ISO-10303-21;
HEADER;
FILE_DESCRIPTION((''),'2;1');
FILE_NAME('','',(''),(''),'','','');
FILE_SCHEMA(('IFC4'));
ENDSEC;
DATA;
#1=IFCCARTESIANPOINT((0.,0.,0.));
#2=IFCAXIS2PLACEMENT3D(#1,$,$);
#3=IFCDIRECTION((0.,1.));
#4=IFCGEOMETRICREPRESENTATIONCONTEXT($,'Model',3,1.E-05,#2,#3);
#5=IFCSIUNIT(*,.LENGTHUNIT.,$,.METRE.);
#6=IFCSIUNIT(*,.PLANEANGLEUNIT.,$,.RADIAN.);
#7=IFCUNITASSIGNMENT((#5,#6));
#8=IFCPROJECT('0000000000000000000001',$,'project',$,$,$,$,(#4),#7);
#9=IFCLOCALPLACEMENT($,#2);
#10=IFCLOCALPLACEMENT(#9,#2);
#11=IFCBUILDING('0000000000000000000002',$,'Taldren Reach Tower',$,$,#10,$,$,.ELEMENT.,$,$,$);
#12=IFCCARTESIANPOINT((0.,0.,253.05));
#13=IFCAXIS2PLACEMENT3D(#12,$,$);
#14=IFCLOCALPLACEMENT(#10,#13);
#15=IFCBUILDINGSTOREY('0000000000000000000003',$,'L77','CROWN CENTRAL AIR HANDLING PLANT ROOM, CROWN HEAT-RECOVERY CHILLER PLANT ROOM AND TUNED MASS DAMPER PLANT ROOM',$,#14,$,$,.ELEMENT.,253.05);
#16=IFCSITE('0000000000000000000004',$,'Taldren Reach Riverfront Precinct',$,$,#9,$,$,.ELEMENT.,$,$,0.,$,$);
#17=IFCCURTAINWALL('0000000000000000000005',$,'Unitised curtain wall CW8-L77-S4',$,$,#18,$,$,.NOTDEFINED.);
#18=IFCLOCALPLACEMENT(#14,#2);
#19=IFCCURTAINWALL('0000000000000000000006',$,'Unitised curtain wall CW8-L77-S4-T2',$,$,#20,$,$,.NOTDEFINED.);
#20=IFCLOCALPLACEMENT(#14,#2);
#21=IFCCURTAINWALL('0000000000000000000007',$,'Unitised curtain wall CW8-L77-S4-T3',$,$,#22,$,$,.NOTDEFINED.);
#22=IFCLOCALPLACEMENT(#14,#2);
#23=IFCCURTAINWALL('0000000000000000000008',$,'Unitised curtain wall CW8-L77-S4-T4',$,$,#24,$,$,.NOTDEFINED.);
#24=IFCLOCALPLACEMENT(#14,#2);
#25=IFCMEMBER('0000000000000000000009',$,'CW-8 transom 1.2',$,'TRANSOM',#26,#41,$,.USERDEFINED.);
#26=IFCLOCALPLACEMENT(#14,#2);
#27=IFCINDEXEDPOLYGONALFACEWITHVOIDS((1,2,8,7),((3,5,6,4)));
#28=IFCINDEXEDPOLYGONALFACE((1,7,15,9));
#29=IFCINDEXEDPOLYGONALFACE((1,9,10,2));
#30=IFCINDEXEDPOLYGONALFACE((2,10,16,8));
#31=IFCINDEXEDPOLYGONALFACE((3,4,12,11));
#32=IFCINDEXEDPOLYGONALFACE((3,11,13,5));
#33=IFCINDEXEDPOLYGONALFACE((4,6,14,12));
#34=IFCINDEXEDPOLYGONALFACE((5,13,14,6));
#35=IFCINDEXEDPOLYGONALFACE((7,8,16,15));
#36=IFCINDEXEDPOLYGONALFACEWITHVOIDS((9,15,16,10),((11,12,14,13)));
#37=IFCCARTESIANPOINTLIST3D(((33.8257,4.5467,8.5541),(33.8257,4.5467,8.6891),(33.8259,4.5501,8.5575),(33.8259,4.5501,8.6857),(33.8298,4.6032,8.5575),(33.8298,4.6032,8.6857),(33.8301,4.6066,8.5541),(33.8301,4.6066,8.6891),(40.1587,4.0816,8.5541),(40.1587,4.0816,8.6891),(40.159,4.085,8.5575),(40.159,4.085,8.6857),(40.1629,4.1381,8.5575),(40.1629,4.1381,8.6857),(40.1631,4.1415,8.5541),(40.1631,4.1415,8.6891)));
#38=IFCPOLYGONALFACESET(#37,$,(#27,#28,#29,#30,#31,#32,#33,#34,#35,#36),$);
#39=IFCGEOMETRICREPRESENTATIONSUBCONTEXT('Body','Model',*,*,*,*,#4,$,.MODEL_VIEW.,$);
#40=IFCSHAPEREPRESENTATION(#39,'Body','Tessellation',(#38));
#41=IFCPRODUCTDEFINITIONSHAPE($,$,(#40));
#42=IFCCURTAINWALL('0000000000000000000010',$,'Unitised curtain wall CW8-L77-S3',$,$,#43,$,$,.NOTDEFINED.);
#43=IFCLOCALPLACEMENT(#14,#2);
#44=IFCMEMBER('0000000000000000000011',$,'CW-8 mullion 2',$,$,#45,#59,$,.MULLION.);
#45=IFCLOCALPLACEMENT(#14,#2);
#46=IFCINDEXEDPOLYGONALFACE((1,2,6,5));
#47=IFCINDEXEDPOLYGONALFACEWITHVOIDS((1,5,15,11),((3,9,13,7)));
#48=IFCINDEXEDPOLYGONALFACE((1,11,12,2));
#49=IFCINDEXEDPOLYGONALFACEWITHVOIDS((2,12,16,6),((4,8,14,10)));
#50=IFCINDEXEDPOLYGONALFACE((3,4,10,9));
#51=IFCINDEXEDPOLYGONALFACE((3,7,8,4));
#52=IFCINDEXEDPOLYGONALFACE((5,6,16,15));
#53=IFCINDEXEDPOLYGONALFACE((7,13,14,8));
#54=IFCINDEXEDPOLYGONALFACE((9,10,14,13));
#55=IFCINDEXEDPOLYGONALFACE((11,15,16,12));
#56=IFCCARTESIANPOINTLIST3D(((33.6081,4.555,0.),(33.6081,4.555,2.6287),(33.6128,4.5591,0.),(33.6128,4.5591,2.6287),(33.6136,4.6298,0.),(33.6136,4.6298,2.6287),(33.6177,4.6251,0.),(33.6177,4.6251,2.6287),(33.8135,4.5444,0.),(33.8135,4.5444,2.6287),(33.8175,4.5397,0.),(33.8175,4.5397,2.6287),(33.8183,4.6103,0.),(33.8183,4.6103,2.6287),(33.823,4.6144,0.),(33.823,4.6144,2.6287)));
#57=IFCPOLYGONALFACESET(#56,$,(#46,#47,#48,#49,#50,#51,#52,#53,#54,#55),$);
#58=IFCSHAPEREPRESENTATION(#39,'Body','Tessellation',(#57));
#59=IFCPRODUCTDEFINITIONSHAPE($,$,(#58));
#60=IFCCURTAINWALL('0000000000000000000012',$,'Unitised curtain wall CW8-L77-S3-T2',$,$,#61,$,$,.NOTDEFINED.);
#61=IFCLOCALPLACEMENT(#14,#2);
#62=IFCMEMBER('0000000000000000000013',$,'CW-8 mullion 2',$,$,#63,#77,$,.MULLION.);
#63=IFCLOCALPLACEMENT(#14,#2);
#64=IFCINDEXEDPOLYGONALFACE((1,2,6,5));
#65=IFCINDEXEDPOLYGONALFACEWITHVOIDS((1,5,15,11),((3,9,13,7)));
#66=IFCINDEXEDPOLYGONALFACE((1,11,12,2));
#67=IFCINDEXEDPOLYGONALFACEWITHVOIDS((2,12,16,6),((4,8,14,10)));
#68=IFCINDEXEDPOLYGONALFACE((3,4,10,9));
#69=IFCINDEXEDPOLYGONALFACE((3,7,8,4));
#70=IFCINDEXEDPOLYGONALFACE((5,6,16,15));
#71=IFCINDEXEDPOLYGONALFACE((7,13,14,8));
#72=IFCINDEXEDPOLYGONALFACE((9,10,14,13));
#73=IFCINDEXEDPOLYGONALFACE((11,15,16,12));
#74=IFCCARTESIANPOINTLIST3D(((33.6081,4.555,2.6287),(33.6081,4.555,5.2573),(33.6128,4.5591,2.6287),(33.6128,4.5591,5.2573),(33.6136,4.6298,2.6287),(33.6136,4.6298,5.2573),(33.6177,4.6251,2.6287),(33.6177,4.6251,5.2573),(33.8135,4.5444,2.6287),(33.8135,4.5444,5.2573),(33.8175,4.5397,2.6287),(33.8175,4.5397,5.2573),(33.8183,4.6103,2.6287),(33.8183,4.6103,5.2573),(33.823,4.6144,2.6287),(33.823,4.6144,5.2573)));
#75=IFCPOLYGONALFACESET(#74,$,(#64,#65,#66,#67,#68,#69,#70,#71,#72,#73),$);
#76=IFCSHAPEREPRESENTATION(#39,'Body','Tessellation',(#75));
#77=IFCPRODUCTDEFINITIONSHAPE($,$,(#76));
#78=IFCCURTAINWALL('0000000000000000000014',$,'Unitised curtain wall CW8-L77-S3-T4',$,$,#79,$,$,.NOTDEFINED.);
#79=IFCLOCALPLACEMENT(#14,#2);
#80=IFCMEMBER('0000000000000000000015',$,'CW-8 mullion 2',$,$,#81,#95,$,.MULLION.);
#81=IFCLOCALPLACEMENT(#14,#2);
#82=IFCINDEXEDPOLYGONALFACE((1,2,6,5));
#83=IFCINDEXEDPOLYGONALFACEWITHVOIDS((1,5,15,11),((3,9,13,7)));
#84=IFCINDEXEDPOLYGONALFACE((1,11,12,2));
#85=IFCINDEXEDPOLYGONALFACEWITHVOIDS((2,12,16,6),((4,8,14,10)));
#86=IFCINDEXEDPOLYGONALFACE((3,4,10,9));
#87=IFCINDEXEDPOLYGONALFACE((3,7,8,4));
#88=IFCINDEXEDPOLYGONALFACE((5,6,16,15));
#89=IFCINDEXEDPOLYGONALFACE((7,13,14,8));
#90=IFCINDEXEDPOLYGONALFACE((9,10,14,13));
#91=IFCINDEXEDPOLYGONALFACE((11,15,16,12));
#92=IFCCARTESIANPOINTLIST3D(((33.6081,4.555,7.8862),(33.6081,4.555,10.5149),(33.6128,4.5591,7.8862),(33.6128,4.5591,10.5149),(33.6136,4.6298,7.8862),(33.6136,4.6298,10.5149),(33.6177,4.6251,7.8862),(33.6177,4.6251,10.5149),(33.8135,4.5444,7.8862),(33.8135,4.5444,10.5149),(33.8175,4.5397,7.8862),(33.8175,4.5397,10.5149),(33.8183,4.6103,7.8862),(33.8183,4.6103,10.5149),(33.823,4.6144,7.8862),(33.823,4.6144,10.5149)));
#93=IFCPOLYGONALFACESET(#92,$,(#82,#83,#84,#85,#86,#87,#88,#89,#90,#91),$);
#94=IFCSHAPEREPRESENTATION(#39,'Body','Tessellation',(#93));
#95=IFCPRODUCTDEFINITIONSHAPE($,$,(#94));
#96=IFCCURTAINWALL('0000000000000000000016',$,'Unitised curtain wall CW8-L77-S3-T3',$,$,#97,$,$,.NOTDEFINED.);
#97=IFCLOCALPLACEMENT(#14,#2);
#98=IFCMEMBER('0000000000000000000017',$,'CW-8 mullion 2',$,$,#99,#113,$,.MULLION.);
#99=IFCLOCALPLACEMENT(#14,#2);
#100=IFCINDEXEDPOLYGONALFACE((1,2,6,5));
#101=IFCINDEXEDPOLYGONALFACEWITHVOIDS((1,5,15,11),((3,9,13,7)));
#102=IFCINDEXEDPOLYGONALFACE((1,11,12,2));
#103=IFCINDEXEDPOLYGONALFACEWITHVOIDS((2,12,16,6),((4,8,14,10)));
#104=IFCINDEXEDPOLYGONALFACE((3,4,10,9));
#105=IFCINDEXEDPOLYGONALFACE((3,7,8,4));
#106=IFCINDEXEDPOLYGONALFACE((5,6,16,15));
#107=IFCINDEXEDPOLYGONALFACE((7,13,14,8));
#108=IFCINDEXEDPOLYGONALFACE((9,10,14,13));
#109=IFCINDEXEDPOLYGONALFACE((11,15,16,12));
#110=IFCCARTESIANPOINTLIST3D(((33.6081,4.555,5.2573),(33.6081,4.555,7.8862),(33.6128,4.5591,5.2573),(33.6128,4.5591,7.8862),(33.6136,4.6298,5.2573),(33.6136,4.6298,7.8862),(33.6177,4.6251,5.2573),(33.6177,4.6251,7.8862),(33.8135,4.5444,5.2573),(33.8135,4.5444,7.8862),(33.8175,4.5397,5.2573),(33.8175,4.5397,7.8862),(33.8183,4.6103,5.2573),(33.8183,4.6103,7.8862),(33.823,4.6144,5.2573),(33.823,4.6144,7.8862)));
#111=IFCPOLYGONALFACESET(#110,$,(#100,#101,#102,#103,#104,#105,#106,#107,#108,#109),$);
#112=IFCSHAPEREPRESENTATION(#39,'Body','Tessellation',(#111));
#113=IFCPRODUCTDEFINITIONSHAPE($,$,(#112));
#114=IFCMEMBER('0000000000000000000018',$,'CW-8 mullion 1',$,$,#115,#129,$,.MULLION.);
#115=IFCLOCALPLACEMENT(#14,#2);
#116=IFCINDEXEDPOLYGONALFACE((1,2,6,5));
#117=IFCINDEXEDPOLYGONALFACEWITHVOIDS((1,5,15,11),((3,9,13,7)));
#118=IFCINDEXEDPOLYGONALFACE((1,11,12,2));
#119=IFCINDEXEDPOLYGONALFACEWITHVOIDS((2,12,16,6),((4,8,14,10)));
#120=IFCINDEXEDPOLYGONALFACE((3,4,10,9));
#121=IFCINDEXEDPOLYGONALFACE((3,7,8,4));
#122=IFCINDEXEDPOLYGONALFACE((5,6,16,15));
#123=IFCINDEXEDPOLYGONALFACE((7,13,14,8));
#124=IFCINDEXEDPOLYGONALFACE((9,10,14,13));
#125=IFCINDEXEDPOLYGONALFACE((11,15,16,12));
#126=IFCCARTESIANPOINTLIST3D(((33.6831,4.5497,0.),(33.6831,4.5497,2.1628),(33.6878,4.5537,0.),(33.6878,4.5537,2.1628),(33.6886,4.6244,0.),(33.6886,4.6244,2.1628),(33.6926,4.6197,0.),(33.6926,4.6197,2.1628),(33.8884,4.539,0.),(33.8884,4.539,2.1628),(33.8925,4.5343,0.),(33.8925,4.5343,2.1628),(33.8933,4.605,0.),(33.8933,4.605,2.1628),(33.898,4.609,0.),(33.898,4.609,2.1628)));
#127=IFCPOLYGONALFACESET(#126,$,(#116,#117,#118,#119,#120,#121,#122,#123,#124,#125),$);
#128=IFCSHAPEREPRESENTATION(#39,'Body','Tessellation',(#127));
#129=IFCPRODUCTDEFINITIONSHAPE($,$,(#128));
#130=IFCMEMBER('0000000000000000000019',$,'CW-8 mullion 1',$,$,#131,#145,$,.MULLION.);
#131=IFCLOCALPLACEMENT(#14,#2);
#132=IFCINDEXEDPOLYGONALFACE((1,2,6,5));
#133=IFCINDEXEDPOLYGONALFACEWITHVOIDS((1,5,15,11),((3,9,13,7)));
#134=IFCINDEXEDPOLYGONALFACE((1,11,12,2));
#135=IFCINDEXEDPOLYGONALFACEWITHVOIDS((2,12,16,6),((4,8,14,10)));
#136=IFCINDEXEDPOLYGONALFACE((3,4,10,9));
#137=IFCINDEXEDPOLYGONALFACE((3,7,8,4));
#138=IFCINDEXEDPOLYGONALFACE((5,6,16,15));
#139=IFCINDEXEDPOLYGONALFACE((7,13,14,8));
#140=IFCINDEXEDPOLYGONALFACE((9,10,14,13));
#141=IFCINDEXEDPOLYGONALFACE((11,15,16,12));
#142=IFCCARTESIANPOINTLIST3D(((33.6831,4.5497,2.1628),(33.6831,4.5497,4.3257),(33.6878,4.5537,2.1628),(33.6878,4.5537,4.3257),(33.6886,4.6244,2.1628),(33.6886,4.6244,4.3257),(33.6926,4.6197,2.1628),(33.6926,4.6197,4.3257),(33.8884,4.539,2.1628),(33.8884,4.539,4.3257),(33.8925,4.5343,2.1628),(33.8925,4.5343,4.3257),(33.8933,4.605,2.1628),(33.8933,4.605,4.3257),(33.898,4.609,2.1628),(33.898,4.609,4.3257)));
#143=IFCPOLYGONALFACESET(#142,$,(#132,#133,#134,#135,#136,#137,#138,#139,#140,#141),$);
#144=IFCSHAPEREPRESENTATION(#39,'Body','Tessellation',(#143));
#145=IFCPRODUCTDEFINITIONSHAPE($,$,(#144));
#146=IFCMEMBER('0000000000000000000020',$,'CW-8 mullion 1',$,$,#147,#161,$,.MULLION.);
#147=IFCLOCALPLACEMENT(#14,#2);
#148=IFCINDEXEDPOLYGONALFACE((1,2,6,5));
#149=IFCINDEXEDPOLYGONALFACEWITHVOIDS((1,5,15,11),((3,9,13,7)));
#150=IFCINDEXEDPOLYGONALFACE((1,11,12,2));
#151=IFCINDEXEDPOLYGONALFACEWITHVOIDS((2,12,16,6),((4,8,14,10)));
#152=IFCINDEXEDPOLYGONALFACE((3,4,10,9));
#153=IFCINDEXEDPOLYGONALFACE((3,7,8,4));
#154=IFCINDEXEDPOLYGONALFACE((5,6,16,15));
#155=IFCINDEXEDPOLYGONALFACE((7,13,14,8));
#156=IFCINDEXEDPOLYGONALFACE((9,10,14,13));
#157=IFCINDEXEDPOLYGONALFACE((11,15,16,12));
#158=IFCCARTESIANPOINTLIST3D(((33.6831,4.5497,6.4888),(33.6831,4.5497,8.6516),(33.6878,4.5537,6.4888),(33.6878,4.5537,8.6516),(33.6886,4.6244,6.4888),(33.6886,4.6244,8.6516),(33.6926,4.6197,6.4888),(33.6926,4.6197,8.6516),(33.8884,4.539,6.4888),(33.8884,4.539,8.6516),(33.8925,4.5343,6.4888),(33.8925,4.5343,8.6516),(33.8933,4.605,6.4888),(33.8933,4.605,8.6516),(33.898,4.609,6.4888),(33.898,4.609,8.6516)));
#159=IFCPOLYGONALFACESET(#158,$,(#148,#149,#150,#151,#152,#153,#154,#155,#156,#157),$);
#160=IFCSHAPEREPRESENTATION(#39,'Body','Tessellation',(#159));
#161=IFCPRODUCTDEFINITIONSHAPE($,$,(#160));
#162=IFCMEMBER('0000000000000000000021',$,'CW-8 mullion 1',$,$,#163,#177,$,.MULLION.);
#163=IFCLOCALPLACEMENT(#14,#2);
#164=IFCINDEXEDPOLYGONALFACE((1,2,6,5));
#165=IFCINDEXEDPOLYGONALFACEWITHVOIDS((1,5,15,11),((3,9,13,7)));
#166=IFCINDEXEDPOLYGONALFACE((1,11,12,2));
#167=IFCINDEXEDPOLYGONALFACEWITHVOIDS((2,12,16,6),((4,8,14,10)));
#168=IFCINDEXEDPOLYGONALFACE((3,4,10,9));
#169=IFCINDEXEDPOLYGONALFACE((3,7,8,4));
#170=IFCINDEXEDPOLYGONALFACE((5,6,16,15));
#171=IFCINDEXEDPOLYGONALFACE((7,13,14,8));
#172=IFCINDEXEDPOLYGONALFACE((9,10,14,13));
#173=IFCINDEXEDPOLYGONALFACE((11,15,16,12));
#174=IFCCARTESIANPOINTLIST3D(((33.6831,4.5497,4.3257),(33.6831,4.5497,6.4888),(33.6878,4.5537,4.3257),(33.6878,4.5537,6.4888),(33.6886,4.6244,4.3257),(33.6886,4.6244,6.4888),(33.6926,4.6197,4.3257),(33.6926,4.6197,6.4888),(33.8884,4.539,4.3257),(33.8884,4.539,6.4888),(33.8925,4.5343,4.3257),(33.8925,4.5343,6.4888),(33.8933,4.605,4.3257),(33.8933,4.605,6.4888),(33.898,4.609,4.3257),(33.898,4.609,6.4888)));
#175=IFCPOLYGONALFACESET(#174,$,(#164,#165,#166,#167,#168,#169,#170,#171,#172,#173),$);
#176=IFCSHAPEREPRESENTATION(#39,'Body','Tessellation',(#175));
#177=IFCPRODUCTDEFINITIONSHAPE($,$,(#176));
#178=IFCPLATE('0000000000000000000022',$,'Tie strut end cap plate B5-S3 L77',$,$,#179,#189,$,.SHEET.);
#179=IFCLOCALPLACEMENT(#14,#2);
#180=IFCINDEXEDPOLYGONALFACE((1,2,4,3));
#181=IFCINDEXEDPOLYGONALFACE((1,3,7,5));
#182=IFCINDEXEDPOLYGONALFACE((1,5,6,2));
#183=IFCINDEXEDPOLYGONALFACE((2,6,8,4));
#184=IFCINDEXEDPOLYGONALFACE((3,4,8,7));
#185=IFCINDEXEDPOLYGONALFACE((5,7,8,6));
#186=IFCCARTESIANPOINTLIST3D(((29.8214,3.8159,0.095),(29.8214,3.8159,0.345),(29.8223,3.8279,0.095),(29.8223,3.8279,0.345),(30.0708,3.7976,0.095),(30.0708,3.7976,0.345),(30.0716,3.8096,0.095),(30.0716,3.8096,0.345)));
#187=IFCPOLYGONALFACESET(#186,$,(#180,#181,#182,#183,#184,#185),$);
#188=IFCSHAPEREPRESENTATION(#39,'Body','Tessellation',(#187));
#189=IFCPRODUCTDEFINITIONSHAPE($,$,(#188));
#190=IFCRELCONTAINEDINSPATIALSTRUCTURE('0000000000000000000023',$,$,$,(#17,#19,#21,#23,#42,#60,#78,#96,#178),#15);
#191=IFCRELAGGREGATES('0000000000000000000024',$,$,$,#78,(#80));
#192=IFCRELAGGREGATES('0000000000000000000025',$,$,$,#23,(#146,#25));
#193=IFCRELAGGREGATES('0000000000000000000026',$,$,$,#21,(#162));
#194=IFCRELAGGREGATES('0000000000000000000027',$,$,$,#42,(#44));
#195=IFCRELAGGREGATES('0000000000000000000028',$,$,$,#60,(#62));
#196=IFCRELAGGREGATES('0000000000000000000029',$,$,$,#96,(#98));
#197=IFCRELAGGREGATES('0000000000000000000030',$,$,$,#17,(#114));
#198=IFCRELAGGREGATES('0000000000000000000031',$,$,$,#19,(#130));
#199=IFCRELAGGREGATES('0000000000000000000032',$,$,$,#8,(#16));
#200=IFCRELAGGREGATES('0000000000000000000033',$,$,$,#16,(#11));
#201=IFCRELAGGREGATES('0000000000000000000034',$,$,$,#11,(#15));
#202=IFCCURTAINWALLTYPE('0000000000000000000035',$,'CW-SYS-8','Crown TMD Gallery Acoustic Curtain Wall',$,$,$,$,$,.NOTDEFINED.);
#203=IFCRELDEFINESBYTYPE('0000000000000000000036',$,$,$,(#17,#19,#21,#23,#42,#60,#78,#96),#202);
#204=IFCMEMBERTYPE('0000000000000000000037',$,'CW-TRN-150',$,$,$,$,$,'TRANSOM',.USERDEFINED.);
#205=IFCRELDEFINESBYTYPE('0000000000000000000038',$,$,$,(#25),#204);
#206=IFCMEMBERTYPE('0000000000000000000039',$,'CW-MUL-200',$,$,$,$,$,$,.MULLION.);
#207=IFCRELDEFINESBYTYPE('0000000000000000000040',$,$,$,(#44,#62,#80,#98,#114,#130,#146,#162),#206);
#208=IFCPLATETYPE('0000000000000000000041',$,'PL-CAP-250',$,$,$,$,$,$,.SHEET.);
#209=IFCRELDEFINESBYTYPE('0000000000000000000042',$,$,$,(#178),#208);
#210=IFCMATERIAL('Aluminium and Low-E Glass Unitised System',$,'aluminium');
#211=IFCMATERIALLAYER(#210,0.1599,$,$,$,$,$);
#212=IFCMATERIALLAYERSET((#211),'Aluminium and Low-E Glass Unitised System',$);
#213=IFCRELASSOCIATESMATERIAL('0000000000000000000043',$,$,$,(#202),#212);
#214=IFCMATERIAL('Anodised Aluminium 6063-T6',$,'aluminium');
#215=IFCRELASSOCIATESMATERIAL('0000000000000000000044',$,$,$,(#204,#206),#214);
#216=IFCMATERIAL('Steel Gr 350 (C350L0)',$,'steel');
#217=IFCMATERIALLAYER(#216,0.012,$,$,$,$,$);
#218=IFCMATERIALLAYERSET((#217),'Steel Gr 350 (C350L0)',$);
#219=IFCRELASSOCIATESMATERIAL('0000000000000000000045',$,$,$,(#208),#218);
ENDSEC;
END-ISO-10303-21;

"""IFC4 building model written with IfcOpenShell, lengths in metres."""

from ifc_helpers import new_model, si_unit, direction, frame, origin, origin_2d, place, context, subcontext, project, spatial, rectangle, hollow_rectangle, extrude, source, transform, mapped, material, layer, layer_set, material_profile, profile_set, type_object, element, aggregate, save


model = new_model("IFC4")

# Units and contexts
model_context = context("Model", 3, precision=1e-05, world=origin(), true_north=direction((0.0, 1.0)))
body_context = subcontext(model_context, "Body", "Model", "MODEL_VIEW")
ifc_project = project(units=[si_unit("LENGTHUNIT", "METRE"), si_unit("PLANEANGLEUNIT", "RADIAN")], contexts=[model_context])

# Site, building, storey
site_placement = place(None, origin())
site = spatial("IfcSite", under=ifc_project, at=site_placement, Name="Taldren Reach Riverfront Precinct", CompositionType="ELEMENT", RefElevation=0.0)
building_placement = place(site_placement, origin())
building = spatial("IfcBuilding", under=site, at=building_placement, Name="Taldren Reach Tower", CompositionType="ELEMENT")
storey_placement = place(building_placement, frame((0.0, 0.0, 253.05)))
storey = spatial("IfcBuildingStorey", under=building, at=storey_placement, Name="L77", Description="CROWN CENTRAL AIR HANDLING PLANT ROOM, CROWN HEAT-RECOVERY CHILLER PLANT ROOM AND TUNED MASS DAMPER PLANT ROOM", CompositionType="ELEMENT", Elevation=253.05)

# Shared definitions
ifc_material_1 = material(Name="Steel Gr 350 (C350L0)", Category="steel")

# Curtain walls, member
ifc_material_2 = material(Name="Aluminium and Low-E Glass Unitised System", Category="aluminium")
ifc_layer_1 = layer(ifc_material_2, 0.1599)
ifc_layer_set_1 = layer_set([ifc_layer_1], Name="Aluminium and Low-E Glass Unitised System")
curtain_wall_type = type_object("IfcCurtainWallType", Name="CW-SYS-8", Description="Crown TMD Gallery Acoustic Curtain Wall", PredefinedType="NOTDEFINED", material=ifc_layer_set_1)
curtain_wall_1_placement = place(storey_placement, origin())
curtain_wall_1 = element("IfcCurtainWall", 1, at=curtain_wall_1_placement, inside=storey, type_object=curtain_wall_type, Name="Unitised curtain wall CW8-L77-S4", PredefinedType="NOTDEFINED")
ifc_material_3 = material(Name="Anodised Aluminium 6063-T6", Category="aluminium")
ifc_material_profile_1 = material_profile(ifc_material_3, hollow_rectangle(XDim=0.0601, YDim=0.135, WallThickness=0.0034, at=origin_2d()), Name="ALU-135x60x3.5RHS")
ifc_profile_set_1 = profile_set([ifc_material_profile_1], Name="Anodised Aluminium 6063-T6")
member_type_1 = type_object("IfcMemberType", Name="CW-TRN-150", ElementType="TRANSOM", PredefinedType="USERDEFINED", material=ifc_profile_set_1)
shared_shape_1 = source(origin(), body_context, "Body", "SweptSolid", [
    extrude(hollow_rectangle(XDim=0.0601, YDim=0.135, WallThickness=0.0034, at=origin_2d()), origin(), (0.0, 0.0, 1.0), 6.3501),
])
curtain_wall_2_placement = place(storey_placement, origin())
curtain_wall_2 = element("IfcCurtainWall", 2, at=curtain_wall_2_placement, inside=storey, type_object=curtain_wall_type, Name="Unitised curtain wall CW8-L77-S4-T2", PredefinedType="NOTDEFINED")
curtain_wall_3_placement = place(storey_placement, origin())
curtain_wall_3 = element("IfcCurtainWall", 3, at=curtain_wall_3_placement, inside=storey, type_object=curtain_wall_type, Name="Unitised curtain wall CW8-L77-S4-T3", PredefinedType="NOTDEFINED")
curtain_wall_4_placement = place(storey_placement, origin())
curtain_wall_4 = element("IfcCurtainWall", 4, at=curtain_wall_4_placement, inside=storey, type_object=curtain_wall_type, Name="Unitised curtain wall CW8-L77-S4-T4", PredefinedType="NOTDEFINED")
member_1_placement = place(storey_placement, frame((33.8279, 4.5767, 8.6216), z_axis=(0.997314, -0.073241, 0.0), x_axis=(0.073241, 0.997314, 0.0)))
member_1 = element("IfcMember", 5, at=member_1_placement, type_object=member_type_1, Name="CW-8 transom 1.2", ObjectType="TRANSOM", PredefinedType="USERDEFINED", context=body_context, shape_type="MappedRepresentation", body=[
    mapped(shared_shape_1, transform((0.0, 0.0, 0.0), scale=1.0)),
])

# Curtain walls, members
curtain_wall_5_placement = place(storey_placement, origin())
curtain_wall_5 = element("IfcCurtainWall", 6, at=curtain_wall_5_placement, inside=storey, type_object=curtain_wall_type, Name="Unitised curtain wall CW8-L77-S3", PredefinedType="NOTDEFINED")
ifc_material_profile_2 = material_profile(ifc_material_3, hollow_rectangle(XDim=0.075, YDim=0.21, WallThickness=0.0044, at=origin_2d()), Name="ALU-210x75x4.5RHS")
ifc_profile_set_2 = profile_set([ifc_material_profile_2], Name="Anodised Aluminium 6063-T6")
member_type_2 = type_object("IfcMemberType", Name="CW-MUL-200", PredefinedType="MULLION", material=ifc_profile_set_2)
shared_shape_2 = source(origin(), body_context, "Body", "SweptSolid", [
    extrude(hollow_rectangle(XDim=0.075, YDim=0.21, WallThickness=0.0044, at=origin_2d()), origin(), (0.0, 0.0, 1.0), 2.6287),
])
member_2_placement = place(storey_placement, frame((33.7156, 4.5847, 0.0), z_axis=(0.0, 0.0, 1.0), x_axis=(0.073237, 0.997315, 0.0)))
member_2 = element("IfcMember", 7, at=member_2_placement, type_object=member_type_2, Name="CW-8 mullion 2", PredefinedType="MULLION", context=body_context, shape_type="MappedRepresentation", body=[
    mapped(shared_shape_2, transform((0.0, 0.0, 0.0), scale=1.0)),
])
curtain_wall_6_placement = place(storey_placement, origin())
curtain_wall_6 = element("IfcCurtainWall", 8, at=curtain_wall_6_placement, inside=storey, type_object=curtain_wall_type, Name="Unitised curtain wall CW8-L77-S3-T2", PredefinedType="NOTDEFINED")
member_3_placement = place(storey_placement, frame((33.7156, 4.5847, 2.6287), z_axis=(0.0, 0.0, 1.0), x_axis=(0.073237, 0.997315, 0.0)))
member_3 = element("IfcMember", 9, at=member_3_placement, type_object=member_type_2, Name="CW-8 mullion 2", PredefinedType="MULLION", context=body_context, shape_type="MappedRepresentation", body=[
    mapped(shared_shape_2, transform((0.0, 0.0, 0.0), scale=1.0)),
])
curtain_wall_7_placement = place(storey_placement, origin())
curtain_wall_7 = element("IfcCurtainWall", 10, at=curtain_wall_7_placement, inside=storey, type_object=curtain_wall_type, Name="Unitised curtain wall CW8-L77-S3-T4", PredefinedType="NOTDEFINED")
member_4_placement = place(storey_placement, frame((33.7156, 4.5847, 7.8862), z_axis=(0.0, 0.0, 1.0), x_axis=(0.073237, 0.997315, 0.0)))
member_4 = element("IfcMember", 11, at=member_4_placement, type_object=member_type_2, Name="CW-8 mullion 2", PredefinedType="MULLION", context=body_context, shape_type="MappedRepresentation", body=[
    mapped(shared_shape_2, transform((0.0, 0.0, 0.0), scale=1.0)),
])
aggregate(curtain_wall_7, [member_4])
curtain_wall_8_placement = place(storey_placement, origin())
curtain_wall_8 = element("IfcCurtainWall", 12, at=curtain_wall_8_placement, inside=storey, type_object=curtain_wall_type, Name="Unitised curtain wall CW8-L77-S3-T3", PredefinedType="NOTDEFINED")
shared_shape_3 = source(origin(), body_context, "Body", "SweptSolid", [
    extrude(hollow_rectangle(XDim=0.075, YDim=0.21, WallThickness=0.0044, at=origin_2d()), origin(), (0.0, 0.0, 1.0), 2.6289),
])
member_5_placement = place(storey_placement, frame((33.7156, 4.5847, 5.2573), z_axis=(0.0, 0.0, 1.0), x_axis=(0.073237, 0.997315, 0.0)))
member_5 = element("IfcMember", 13, at=member_5_placement, type_object=member_type_2, Name="CW-8 mullion 2", PredefinedType="MULLION", context=body_context, shape_type="MappedRepresentation", body=[
    mapped(shared_shape_3, transform((0.0, 0.0, 0.0), scale=1.0)),
])

# Members
shared_shape_4 = source(origin(), body_context, "Body", "SweptSolid", [
    extrude(hollow_rectangle(XDim=0.075, YDim=0.21, WallThickness=0.0044, at=origin_2d()), origin(), (0.0, 0.0, 1.0), 2.1628),
])
member_6_placement = place(storey_placement, frame((33.7905, 4.5793, 0.0), z_axis=(0.0, 0.0, 1.0), x_axis=(0.073239, 0.997314, 0.0)))
member_6 = element("IfcMember", 14, at=member_6_placement, type_object=member_type_2, Name="CW-8 mullion 1", PredefinedType="MULLION", context=body_context, shape_type="MappedRepresentation", body=[
    mapped(shared_shape_4, transform((0.0, 0.0, 0.0), scale=1.0)),
])
member_7_placement = place(storey_placement, frame((33.7905, 4.5793, 2.1628), z_axis=(0.0, 0.0, 1.0), x_axis=(0.073239, 0.997314, 0.0)))
member_7 = element("IfcMember", 15, at=member_7_placement, type_object=member_type_2, Name="CW-8 mullion 1", PredefinedType="MULLION", context=body_context, shape_type="MappedRepresentation", body=[
    mapped(shared_shape_4, transform((0.0, 0.0, 0.0), scale=1.0)),
])
member_8_placement = place(storey_placement, frame((33.7905, 4.5793, 6.4888), z_axis=(0.0, 0.0, 1.0), x_axis=(0.073239, 0.997314, 0.0)))
member_8 = element("IfcMember", 16, at=member_8_placement, type_object=member_type_2, Name="CW-8 mullion 1", PredefinedType="MULLION", context=body_context, shape_type="MappedRepresentation", body=[
    mapped(shared_shape_4, transform((0.0, 0.0, 0.0), scale=1.0)),
])
aggregate(curtain_wall_4, [member_8, member_1])
shared_shape_5 = source(origin(), body_context, "Body", "SweptSolid", [
    extrude(hollow_rectangle(XDim=0.075, YDim=0.21, WallThickness=0.0044, at=origin_2d()), origin(), (0.0, 0.0, 1.0), 2.1631),
])
member_9_placement = place(storey_placement, frame((33.7905, 4.5793, 4.3257), z_axis=(0.0, 0.0, 1.0), x_axis=(0.073239, 0.997314, 0.0)))
member_9 = element("IfcMember", 17, at=member_9_placement, type_object=member_type_2, Name="CW-8 mullion 1", PredefinedType="MULLION", context=body_context, shape_type="MappedRepresentation", body=[
    mapped(shared_shape_5, transform((0.0, 0.0, 0.0), scale=1.0)),
])
aggregate(curtain_wall_3, [member_9])

# Plate
ifc_layer_2 = layer(ifc_material_1, 0.012)
ifc_layer_set_2 = layer_set([ifc_layer_2], Name="Steel Gr 350 (C350L0)")
plate_type_1 = type_object("IfcPlateType", Name="PL-CAP-250", PredefinedType="SHEET", material=ifc_layer_set_2)
shared_shape_6 = source(origin(), body_context, "Body", "SweptSolid", [
    extrude(rectangle(XDim=0.25, YDim=0.012, at=origin_2d()), origin(), (0.0, 0.0, 1.0), 0.25),
])
plate_1_placement = place(storey_placement, frame((29.9465, 3.8127, 0.095), z_axis=(0.0, 0.0, 1.0), x_axis=(0.997314, -0.073238, 0.0)))
element("IfcPlate", 18, at=plate_1_placement, inside=storey, type_object=plate_type_1, Name="Tie strut end cap plate B5-S3 L77", PredefinedType="SHEET", context=body_context, shape_type="MappedRepresentation", body=[
    mapped(shared_shape_6, transform((0.0, 0.0, 0.0), scale=1.0)),
])

aggregate(curtain_wall_5, [member_2])
aggregate(curtain_wall_6, [member_3])
aggregate(curtain_wall_8, [member_5])
aggregate(curtain_wall_1, [member_6])
aggregate(curtain_wall_2, [member_7])

save(model, "model.ifc")
